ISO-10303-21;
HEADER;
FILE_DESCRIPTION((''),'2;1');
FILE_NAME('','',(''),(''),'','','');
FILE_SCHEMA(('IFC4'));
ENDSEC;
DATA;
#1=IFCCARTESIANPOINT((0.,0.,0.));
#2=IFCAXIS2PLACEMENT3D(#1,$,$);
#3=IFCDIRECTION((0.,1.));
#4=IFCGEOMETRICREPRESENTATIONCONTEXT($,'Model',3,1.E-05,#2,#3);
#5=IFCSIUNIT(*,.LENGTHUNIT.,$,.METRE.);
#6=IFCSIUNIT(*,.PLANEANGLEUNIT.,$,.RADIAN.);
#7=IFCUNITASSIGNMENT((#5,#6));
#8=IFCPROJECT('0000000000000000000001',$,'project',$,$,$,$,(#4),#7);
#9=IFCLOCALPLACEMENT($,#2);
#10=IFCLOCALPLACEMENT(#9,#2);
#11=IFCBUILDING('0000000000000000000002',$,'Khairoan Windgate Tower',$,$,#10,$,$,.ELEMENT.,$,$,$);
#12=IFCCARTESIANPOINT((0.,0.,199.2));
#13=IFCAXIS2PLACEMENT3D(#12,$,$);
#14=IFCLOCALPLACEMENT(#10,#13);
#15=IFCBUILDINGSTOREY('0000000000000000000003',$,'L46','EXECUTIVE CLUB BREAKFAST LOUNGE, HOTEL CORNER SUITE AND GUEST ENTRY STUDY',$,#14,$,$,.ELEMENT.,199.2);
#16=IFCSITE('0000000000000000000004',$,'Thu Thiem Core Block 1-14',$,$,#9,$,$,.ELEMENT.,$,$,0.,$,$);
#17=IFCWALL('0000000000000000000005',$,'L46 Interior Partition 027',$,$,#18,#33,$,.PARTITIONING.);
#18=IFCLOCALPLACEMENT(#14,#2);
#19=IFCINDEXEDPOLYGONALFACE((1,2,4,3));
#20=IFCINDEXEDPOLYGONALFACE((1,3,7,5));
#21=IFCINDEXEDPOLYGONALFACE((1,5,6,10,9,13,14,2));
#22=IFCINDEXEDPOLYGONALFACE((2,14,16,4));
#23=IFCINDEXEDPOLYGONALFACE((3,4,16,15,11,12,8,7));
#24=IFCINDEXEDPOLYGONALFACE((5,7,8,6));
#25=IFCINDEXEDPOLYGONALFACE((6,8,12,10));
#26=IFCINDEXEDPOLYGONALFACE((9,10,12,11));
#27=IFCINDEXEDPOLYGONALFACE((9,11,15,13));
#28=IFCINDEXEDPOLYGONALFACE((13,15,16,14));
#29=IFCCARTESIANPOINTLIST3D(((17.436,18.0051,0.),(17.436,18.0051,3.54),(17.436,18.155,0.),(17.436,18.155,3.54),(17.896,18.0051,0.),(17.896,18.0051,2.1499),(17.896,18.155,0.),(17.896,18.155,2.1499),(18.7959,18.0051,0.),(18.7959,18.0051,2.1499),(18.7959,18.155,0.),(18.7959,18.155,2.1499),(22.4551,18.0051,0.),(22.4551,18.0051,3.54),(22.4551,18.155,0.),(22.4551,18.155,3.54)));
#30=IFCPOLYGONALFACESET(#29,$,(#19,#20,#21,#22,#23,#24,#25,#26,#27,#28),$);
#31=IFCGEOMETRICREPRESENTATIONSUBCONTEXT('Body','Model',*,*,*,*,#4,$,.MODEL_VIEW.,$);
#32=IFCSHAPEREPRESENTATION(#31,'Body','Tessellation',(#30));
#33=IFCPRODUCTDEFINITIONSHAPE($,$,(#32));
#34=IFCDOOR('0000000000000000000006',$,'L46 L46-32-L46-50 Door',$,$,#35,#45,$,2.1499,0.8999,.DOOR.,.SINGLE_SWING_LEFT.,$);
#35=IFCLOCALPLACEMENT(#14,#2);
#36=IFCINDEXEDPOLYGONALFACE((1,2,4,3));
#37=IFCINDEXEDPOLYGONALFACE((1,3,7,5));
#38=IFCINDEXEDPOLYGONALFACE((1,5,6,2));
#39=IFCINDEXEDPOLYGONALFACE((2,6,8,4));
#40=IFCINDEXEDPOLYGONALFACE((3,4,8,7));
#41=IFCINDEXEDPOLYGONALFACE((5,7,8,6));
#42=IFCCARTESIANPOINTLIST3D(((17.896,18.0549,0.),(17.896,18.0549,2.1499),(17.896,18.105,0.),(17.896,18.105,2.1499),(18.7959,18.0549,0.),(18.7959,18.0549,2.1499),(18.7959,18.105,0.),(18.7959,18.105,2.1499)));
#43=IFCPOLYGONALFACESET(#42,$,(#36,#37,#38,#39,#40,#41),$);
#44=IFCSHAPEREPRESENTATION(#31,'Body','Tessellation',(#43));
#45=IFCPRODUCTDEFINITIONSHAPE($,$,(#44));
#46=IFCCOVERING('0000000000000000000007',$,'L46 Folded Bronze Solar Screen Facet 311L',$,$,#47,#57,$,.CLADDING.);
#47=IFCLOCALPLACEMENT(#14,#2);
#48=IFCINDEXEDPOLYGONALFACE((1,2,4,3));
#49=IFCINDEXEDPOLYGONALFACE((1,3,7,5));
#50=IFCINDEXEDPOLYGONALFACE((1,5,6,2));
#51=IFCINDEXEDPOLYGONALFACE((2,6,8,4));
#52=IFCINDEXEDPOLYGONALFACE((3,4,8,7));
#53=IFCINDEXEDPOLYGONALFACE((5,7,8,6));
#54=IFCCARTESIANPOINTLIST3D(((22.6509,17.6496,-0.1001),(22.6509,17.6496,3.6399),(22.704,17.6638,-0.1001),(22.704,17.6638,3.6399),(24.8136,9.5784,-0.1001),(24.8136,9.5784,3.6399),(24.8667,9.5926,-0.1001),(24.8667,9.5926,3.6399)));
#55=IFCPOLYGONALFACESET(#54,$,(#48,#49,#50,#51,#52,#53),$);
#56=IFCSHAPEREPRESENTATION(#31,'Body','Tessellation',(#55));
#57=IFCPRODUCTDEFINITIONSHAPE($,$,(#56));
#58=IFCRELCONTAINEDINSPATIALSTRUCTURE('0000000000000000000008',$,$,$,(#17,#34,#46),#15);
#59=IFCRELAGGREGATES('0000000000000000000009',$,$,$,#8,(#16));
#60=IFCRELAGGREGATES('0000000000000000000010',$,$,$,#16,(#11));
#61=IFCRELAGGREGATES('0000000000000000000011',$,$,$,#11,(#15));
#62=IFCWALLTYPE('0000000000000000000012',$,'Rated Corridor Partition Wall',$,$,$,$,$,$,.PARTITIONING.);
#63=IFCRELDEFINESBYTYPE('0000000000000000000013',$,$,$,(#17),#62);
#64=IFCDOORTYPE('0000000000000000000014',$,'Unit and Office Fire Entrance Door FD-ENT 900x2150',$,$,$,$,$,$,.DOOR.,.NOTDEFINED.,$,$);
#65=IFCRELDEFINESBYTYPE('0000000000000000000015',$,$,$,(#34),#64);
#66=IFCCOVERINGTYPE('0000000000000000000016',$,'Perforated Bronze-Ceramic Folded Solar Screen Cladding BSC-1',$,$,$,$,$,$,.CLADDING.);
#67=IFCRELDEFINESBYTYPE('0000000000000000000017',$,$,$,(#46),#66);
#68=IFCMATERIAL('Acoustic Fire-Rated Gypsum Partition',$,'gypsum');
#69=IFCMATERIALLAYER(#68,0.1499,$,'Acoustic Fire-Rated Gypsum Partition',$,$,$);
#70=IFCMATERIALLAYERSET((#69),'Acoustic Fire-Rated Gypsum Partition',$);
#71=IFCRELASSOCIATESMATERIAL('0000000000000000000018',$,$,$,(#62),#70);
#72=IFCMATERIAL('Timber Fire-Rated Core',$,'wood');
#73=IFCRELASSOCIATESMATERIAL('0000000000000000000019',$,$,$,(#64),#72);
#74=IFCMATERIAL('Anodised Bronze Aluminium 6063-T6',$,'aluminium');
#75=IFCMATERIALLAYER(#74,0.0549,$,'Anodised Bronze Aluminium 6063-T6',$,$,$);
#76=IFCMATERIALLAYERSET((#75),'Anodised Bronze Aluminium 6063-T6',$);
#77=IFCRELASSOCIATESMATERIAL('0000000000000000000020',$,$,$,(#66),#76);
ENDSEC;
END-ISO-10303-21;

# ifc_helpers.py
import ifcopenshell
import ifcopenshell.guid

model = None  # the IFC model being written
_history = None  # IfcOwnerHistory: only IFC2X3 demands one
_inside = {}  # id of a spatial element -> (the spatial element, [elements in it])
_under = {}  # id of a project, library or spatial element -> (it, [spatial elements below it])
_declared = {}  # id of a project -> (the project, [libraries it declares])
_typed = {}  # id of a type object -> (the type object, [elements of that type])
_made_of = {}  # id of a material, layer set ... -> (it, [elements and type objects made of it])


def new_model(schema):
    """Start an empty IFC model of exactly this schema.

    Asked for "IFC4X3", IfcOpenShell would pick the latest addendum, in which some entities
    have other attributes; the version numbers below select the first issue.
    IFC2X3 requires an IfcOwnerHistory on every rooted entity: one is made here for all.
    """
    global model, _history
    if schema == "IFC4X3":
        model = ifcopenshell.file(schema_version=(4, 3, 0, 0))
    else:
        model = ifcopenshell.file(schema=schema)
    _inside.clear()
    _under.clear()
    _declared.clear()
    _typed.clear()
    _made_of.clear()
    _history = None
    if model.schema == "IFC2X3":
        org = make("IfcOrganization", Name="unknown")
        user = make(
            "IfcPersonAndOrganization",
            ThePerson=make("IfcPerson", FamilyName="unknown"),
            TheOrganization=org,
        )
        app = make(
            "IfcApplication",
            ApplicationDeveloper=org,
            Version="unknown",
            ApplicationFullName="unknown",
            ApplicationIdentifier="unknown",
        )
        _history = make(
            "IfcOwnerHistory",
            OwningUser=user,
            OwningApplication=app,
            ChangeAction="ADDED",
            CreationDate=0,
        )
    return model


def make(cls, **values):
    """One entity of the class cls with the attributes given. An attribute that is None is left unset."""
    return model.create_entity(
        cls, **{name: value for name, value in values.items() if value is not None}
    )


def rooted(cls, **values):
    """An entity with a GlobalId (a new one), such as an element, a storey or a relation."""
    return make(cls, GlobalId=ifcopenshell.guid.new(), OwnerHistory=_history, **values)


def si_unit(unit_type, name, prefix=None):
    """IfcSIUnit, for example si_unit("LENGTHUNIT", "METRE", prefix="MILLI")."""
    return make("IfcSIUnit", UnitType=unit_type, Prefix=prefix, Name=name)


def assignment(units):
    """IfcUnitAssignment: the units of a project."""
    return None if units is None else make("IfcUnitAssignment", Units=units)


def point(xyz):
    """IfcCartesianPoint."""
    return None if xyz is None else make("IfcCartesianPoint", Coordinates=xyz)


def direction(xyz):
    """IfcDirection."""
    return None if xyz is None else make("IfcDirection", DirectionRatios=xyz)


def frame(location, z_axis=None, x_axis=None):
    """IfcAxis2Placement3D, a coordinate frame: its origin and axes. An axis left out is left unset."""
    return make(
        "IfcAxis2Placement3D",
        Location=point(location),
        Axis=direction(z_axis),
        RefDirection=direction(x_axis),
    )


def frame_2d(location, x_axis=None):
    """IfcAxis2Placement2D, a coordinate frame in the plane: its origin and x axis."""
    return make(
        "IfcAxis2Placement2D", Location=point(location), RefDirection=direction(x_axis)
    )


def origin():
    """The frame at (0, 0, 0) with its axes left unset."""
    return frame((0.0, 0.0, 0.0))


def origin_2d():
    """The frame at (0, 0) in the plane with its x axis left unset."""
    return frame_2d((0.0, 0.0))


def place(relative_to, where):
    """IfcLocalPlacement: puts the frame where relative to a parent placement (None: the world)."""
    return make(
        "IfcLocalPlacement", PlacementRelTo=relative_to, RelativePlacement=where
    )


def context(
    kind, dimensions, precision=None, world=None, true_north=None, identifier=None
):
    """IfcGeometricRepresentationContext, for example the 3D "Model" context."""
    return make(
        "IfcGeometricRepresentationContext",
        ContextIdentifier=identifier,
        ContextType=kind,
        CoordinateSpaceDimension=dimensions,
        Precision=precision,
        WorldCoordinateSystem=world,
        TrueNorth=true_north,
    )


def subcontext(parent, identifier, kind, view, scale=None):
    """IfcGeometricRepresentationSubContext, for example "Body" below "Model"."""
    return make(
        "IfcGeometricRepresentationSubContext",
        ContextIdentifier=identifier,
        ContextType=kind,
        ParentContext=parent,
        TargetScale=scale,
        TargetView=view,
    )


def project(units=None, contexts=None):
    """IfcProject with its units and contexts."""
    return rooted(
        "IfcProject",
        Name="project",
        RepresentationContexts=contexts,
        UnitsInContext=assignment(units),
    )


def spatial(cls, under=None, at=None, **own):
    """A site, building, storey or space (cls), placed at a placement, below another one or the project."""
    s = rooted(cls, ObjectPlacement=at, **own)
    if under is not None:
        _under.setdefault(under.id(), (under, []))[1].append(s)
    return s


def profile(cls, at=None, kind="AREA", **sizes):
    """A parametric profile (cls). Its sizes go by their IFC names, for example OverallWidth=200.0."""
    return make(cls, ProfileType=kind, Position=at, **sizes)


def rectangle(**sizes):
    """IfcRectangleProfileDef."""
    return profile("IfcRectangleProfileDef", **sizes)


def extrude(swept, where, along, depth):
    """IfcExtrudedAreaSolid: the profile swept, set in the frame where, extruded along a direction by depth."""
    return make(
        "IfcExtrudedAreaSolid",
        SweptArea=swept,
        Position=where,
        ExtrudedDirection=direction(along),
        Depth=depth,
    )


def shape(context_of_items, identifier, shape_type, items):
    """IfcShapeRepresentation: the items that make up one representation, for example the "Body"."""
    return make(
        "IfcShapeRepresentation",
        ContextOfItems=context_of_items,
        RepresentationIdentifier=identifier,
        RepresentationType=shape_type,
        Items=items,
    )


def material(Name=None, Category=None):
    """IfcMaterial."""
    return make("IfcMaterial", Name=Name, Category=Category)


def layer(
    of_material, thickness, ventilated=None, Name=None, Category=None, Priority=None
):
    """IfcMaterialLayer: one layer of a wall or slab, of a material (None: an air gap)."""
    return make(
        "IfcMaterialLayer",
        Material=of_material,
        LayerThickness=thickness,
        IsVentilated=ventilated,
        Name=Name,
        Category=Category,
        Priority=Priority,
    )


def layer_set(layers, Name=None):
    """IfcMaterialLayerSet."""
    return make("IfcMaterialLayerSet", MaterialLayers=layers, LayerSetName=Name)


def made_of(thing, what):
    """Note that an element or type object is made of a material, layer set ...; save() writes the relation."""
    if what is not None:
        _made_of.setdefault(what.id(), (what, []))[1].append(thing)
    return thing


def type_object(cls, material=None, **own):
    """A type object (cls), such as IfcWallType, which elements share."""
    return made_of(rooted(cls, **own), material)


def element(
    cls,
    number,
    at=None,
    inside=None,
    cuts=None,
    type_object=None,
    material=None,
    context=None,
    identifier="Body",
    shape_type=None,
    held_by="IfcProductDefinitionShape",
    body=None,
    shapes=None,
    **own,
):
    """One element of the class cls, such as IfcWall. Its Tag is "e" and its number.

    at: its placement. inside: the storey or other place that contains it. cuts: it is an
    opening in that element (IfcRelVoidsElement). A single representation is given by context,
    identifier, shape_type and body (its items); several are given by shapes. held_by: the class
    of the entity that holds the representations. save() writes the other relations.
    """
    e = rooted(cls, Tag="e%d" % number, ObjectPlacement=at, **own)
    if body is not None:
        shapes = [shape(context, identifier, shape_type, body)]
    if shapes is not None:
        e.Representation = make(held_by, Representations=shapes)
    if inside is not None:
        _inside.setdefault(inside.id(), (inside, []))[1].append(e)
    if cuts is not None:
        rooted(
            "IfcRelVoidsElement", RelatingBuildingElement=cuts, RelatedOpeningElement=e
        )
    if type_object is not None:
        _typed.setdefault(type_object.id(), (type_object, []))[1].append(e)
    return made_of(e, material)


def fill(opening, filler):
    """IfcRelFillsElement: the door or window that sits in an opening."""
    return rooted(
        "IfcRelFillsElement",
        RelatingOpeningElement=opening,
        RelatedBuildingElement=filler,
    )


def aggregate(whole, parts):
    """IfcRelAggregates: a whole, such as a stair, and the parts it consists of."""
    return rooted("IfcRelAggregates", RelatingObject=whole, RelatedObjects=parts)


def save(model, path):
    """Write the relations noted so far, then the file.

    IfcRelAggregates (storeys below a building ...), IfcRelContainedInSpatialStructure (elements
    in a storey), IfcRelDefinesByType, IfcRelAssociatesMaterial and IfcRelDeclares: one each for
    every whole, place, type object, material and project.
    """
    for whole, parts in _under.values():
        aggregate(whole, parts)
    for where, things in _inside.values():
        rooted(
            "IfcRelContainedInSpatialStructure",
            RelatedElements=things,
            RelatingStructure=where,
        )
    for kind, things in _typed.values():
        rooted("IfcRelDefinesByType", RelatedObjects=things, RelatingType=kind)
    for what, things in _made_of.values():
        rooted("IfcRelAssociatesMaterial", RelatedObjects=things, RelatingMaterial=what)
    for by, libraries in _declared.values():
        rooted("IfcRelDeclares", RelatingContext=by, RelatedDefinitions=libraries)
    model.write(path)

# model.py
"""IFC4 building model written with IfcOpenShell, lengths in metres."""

from ifc_helpers import new_model, si_unit, direction, frame, frame_2d, origin, origin_2d, place, context, subcontext, project, spatial, rectangle, extrude, material, layer, layer_set, type_object, element, fill, save


model = new_model("IFC4")

# Units and contexts
model_context = context("Model", 3, precision=1e-05, world=origin(), true_north=direction((0.0, 1.0)))
body_context = subcontext(model_context, "Body", "Model", "MODEL_VIEW")
ifc_project = project(units=[si_unit("LENGTHUNIT", "METRE"), si_unit("PLANEANGLEUNIT", "RADIAN")], contexts=[model_context])

# Site, building, storey
site_placement = place(None, origin())
site = spatial("IfcSite", under=ifc_project, at=site_placement, Name="Thu Thiem Core Block 1-14", CompositionType="ELEMENT", RefElevation=0.0)
building_placement = place(site_placement, origin())
building = spatial("IfcBuilding", under=site, at=building_placement, Name="Khairoan Windgate Tower", CompositionType="ELEMENT")
storey_placement = place(building_placement, frame((0.0, 0.0, 199.2)))
storey = spatial("IfcBuildingStorey", under=building, at=storey_placement, Name="L46", Description="EXECUTIVE CLUB BREAKFAST LOUNGE, HOTEL CORNER SUITE AND GUEST ENTRY STUDY", CompositionType="ELEMENT", Elevation=199.2)

# Wall, opening, door
ifc_material_1 = material(Name="Acoustic Fire-Rated Gypsum Partition", Category="gypsum")
ifc_layer_1 = layer(ifc_material_1, 0.1499, Name="Acoustic Fire-Rated Gypsum Partition")
ifc_layer_set_1 = layer_set([ifc_layer_1], Name="Acoustic Fire-Rated Gypsum Partition")
wall_type_1 = type_object("IfcWallType", Name="Rated Corridor Partition Wall", PredefinedType="PARTITIONING", material=ifc_layer_set_1)
wall_1_placement = place(storey_placement, frame((17.436, 18.0801, 0.0), z_axis=(0.0, 0.0, 1.0), x_axis=(1.0, 0.0, 0.0)))
wall_1 = element("IfcWall", 1, at=wall_1_placement, inside=storey, type_object=wall_type_1, Name="L46 Interior Partition 027", PredefinedType="PARTITIONING", context=body_context, shape_type="SweptSolid", body=[
    extrude(rectangle(XDim=5.019, YDim=0.1499, at=frame_2d((2.5095, 0.0))), origin(), (0.0, 0.0, 1.0), 3.54),
])
opening_1_placement = place(wall_1_placement, frame((0.46, 0.0, 0.0)))
opening_1 = element("IfcOpeningElement", 2, at=opening_1_placement, cuts=wall_1, PredefinedType="OPENING", context=body_context, shape_type="SweptSolid", body=[
    extrude(rectangle(XDim=0.8999, YDim=2.1499, at=frame_2d((0.45, 1.075))), frame((0.0, 0.085, 0.0), z_axis=(0.0, -1.0, 0.0), x_axis=(1.0, 0.0, 0.0)), (0.0, 0.0, 1.0), 0.1699),
])
ifc_material_2 = material(Name="Timber Fire-Rated Core", Category="wood")
door_type_1 = type_object("IfcDoorType", Name="Unit and Office Fire Entrance Door FD-ENT 900x2150", OperationType="NOTDEFINED", PredefinedType="DOOR", material=ifc_material_2)
door_1_placement = place(opening_1_placement, origin())
door_1 = element("IfcDoor", 3, at=door_1_placement, inside=storey, type_object=door_type_1, Name="L46 L46-32-L46-50 Door", OperationType="SINGLE_SWING_LEFT", OverallHeight=2.1499, OverallWidth=0.8999, PredefinedType="DOOR", context=body_context, shape_type="SweptSolid", body=[
    extrude(rectangle(XDim=0.8999, YDim=2.1499, at=frame_2d((0.45, 1.075))), frame((0.0, 0.0249, 0.0), z_axis=(0.0, -1.0, 0.0), x_axis=(1.0, 0.0, 0.0)), (0.0, 0.0, 1.0), 0.05),
])
fill(opening_1, door_1)

# Covering
ifc_material_3 = material(Name="Anodised Bronze Aluminium 6063-T6", Category="aluminium")
ifc_layer_2 = layer(ifc_material_3, 0.0549, Name="Anodised Bronze Aluminium 6063-T6")
ifc_layer_set_2 = layer_set([ifc_layer_2], Name="Anodised Bronze Aluminium 6063-T6")
covering_type = type_object("IfcCoveringType", Name="Perforated Bronze-Ceramic Folded Solar Screen Cladding BSC-1", PredefinedType="CLADDING", material=ifc_layer_set_2)
covering_placement = place(storey_placement, frame((23.7588, 13.6211, -0.1001), z_axis=(0.0, 0.0, 1.0), x_axis=(0.258819, -0.965926, 0.0)))
element("IfcCovering", 4, at=covering_placement, inside=storey, type_object=covering_type, Name="L46 Folded Bronze Solar Screen Facet 311L", PredefinedType="CLADDING", context=body_context, shape_type="SweptSolid", body=[
    extrude(rectangle(XDim=8.356, YDim=0.0549, at=origin_2d()), origin(), (0.0, 0.0, 1.0), 3.74),
])

save(model, "model.ifc")
